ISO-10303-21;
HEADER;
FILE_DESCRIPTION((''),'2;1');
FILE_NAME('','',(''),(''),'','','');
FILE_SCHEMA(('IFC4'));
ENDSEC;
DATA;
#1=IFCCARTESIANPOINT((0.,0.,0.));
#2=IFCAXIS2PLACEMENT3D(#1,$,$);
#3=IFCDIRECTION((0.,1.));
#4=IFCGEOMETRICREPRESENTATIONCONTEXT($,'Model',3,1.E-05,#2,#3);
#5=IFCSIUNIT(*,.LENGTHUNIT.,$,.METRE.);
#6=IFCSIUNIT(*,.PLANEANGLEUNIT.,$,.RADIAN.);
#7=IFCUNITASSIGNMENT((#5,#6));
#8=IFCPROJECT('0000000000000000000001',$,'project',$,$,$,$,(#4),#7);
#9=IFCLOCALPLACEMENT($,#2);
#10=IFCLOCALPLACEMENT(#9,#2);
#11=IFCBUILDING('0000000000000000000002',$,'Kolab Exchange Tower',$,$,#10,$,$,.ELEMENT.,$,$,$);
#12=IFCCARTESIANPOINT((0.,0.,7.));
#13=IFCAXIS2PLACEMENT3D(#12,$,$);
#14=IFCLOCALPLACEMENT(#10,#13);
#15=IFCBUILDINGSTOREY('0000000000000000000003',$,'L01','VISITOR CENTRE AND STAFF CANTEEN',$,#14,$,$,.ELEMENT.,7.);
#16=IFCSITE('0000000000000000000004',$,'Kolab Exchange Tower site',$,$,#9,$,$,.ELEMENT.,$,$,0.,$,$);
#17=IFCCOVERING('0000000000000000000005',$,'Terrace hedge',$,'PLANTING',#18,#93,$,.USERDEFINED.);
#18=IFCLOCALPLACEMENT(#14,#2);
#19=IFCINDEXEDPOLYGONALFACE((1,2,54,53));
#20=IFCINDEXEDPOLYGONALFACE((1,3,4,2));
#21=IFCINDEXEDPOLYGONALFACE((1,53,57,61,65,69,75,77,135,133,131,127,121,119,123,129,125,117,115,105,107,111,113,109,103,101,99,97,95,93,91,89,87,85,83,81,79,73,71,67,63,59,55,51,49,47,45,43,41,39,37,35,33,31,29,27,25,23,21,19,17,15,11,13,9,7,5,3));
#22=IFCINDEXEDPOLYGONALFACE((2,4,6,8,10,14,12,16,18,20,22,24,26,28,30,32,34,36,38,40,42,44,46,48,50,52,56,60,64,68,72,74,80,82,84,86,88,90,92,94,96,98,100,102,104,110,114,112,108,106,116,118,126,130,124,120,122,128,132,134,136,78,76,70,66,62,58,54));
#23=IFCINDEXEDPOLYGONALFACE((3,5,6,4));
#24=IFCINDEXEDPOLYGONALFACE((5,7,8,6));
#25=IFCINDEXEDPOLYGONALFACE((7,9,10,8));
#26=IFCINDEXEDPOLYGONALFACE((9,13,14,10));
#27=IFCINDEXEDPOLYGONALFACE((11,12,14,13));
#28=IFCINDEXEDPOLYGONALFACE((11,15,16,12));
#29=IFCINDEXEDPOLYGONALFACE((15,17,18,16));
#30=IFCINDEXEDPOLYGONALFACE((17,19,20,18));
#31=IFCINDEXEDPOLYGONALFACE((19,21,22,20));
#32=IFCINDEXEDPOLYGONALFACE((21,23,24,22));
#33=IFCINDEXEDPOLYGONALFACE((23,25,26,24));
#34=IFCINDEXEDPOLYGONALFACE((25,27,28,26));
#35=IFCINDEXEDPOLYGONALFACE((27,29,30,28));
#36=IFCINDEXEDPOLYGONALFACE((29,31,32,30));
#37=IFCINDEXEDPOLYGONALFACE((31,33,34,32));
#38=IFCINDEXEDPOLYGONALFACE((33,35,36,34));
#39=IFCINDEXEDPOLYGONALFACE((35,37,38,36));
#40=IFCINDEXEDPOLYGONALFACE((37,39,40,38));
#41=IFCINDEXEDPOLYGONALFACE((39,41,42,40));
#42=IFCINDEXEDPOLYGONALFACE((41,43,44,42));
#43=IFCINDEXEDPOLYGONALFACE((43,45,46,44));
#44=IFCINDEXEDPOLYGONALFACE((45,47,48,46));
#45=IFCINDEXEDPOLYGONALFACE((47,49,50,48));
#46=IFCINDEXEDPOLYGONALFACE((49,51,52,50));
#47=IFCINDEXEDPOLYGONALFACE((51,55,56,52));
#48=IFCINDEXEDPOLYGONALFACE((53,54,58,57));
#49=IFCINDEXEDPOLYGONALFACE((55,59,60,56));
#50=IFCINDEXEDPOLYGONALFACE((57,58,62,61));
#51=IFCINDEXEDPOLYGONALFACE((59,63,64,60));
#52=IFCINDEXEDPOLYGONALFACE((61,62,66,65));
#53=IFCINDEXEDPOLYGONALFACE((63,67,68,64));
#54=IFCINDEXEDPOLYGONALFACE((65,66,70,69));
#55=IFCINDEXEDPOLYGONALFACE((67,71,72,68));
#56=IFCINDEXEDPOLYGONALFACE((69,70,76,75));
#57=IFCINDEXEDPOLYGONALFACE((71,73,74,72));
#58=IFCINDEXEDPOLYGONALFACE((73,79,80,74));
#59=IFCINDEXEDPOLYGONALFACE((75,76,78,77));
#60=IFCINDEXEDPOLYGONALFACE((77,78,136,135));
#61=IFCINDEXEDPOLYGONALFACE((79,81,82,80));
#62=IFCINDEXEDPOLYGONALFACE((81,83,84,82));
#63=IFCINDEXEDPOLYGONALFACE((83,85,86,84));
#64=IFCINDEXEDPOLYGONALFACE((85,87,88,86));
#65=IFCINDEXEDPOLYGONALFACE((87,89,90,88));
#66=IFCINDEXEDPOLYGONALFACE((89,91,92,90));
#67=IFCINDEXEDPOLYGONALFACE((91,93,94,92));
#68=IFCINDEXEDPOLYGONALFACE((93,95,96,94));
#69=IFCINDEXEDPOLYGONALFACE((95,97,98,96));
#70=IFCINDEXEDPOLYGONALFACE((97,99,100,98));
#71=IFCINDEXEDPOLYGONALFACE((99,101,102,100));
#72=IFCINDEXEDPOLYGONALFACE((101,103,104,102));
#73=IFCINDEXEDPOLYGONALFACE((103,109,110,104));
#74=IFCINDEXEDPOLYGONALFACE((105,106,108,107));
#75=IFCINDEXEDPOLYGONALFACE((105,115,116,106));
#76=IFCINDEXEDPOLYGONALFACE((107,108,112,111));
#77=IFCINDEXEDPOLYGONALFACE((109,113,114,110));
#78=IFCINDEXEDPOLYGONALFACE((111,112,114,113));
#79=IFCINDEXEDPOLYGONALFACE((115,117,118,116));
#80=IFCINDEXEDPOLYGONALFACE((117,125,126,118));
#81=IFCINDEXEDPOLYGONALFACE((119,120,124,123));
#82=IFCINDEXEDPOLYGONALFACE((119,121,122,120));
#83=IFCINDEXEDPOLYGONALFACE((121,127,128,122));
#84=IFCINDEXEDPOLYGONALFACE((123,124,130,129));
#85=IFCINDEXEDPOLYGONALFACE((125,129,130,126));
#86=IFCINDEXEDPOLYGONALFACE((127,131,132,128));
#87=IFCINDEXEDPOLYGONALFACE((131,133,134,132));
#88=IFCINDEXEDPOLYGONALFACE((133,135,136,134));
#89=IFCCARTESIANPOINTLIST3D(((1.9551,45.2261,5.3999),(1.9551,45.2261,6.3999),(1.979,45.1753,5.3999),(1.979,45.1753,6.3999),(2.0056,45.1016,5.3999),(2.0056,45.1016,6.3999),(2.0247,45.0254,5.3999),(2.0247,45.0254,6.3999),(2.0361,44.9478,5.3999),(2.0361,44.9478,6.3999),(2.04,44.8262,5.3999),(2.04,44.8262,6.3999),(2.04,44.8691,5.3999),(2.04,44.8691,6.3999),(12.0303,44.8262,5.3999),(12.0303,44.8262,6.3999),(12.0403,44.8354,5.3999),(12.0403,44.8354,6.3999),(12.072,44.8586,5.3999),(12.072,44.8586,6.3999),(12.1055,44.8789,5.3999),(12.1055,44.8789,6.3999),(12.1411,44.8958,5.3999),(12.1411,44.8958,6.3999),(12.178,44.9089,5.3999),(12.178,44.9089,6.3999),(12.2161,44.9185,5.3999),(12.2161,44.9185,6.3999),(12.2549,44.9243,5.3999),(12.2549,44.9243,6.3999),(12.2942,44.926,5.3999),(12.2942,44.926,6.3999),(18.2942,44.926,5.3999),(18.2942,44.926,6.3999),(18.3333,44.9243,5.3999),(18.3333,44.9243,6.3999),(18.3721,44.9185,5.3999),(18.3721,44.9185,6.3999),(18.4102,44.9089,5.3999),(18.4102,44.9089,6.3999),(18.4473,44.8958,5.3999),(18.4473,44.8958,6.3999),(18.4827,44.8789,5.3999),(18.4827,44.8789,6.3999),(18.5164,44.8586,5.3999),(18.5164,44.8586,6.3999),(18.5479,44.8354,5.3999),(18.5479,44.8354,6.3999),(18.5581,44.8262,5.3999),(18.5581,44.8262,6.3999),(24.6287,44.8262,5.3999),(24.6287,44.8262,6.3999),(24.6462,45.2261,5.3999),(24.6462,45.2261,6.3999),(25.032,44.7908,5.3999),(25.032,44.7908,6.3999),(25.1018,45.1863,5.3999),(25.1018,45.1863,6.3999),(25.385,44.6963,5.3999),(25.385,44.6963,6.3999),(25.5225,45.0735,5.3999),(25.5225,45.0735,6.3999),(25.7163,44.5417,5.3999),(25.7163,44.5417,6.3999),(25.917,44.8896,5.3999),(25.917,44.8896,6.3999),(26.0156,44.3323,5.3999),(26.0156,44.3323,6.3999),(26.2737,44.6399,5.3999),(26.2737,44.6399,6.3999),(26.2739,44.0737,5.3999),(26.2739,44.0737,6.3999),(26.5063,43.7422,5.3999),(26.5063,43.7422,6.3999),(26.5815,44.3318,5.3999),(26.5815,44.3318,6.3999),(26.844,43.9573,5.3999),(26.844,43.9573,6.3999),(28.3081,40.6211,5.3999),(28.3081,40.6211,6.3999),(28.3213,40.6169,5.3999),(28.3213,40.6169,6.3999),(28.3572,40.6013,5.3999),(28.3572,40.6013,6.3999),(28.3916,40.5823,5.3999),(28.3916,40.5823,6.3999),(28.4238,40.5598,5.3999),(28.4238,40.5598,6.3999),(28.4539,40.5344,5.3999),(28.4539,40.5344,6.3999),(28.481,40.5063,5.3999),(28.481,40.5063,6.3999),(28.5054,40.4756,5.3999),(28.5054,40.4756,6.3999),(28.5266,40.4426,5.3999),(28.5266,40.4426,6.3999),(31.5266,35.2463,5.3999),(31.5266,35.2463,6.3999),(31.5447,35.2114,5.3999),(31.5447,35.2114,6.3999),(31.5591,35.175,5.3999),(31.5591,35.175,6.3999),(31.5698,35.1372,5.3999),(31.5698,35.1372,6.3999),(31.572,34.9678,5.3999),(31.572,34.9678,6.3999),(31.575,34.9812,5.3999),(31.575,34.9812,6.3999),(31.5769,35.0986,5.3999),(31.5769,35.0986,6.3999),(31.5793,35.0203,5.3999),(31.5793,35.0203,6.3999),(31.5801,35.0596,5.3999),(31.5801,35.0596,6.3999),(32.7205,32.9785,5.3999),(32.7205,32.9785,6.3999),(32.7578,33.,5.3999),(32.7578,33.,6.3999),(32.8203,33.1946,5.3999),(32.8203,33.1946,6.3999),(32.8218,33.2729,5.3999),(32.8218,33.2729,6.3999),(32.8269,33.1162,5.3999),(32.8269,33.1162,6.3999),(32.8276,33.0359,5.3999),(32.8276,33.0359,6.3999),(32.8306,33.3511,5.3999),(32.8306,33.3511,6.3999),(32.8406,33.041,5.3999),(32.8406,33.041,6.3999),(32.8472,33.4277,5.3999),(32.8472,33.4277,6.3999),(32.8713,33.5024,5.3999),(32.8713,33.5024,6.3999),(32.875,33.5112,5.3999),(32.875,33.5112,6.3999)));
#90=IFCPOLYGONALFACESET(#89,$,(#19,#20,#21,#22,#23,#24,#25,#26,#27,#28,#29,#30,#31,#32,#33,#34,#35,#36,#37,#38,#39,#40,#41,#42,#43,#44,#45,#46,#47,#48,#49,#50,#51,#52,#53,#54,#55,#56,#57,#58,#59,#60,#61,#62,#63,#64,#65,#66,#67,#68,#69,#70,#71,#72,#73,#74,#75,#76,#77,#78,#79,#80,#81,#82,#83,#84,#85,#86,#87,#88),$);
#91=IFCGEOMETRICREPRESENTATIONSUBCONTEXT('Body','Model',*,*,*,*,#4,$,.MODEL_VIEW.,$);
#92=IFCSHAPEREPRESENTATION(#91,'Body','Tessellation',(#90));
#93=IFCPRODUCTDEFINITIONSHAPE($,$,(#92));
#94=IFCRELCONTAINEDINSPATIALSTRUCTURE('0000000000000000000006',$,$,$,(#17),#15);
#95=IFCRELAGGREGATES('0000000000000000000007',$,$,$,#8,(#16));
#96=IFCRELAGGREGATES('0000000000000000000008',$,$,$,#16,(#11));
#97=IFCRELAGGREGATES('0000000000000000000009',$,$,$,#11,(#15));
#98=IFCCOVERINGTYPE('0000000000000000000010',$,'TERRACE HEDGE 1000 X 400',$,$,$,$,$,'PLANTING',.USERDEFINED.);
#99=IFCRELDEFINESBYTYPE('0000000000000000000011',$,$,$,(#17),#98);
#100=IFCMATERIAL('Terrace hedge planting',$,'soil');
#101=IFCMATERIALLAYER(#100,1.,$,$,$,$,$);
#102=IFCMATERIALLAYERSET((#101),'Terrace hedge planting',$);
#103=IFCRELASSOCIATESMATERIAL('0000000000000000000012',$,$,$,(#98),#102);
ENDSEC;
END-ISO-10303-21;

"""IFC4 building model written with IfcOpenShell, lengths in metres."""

from ifc_helpers import new_model, si_unit, direction, frame, origin, place, context, subcontext, project, spatial, polyline, outline, extrude, material, layer, layer_set, type_object, element, save


model = new_model("IFC4")

# Units and contexts
model_context = context("Model", 3, precision=1e-05, world=origin(), true_north=direction((0.0, 1.0)))
body_context = subcontext(model_context, "Body", "Model", "MODEL_VIEW")
ifc_project = project(units=[si_unit("LENGTHUNIT", "METRE"), si_unit("PLANEANGLEUNIT", "RADIAN")], contexts=[model_context])

# Site, building, storey
site_placement = place(None, origin())
site = spatial("IfcSite", under=ifc_project, at=site_placement, Name="Kolab Exchange Tower site", CompositionType="ELEMENT", RefElevation=0.0)
building_placement = place(site_placement, origin())
building = spatial("IfcBuilding", under=site, at=building_placement, Name="Kolab Exchange Tower", CompositionType="ELEMENT")
storey_placement = place(building_placement, frame((0.0, 0.0, 7.0)))
storey = spatial("IfcBuildingStorey", under=building, at=storey_placement, Name="L01", Description="VISITOR CENTRE AND STAFF CANTEEN", CompositionType="ELEMENT", Elevation=7.0)

# Covering
ifc_material_1 = material(Name="Terrace hedge planting", Category="soil")
ifc_layer_1 = layer(ifc_material_1, 1.0)
ifc_layer_set_1 = layer_set([ifc_layer_1], Name="Terrace hedge planting")
covering_type_1 = type_object("IfcCoveringType", Name="TERRACE HEDGE 1000 X 400", ElementType="PLANTING", PredefinedType="USERDEFINED", material=ifc_layer_set_1)
covering_1_placement = place(storey_placement, frame((0.0, 0.0, 5.3999)))
element("IfcCovering", 1, at=covering_1_placement, inside=storey, type_object=covering_type_1, Name="Terrace hedge", ObjectType="PLANTING", PredefinedType="USERDEFINED", context=body_context, shape_type="SweptSolid", body=[
    extrude(outline(polyline([(24.6462, 45.2261), (25.1018, 45.1863), (25.5225, 45.0735), (25.917, 44.8896), (26.2737, 44.6399), (26.5815, 44.3318), (26.844, 43.9573), (32.875, 33.5112), (32.8713, 33.5024), (32.8472, 33.4277), (32.8306, 33.3511), (32.8218, 33.2729), (32.8203, 33.1946), (32.8269, 33.1162), (32.8406, 33.041), (32.8276, 33.0359), (32.7578, 33.0), (32.7205, 32.9785), (31.572, 34.9678), (31.575, 34.9812), (31.5793, 35.0203), (31.5801, 35.0596), (31.5769, 35.0986), (31.5698, 35.1372), (31.5591, 35.175), (31.5447, 35.2114), (31.5266, 35.2463), (28.5266, 40.4426), (28.5054, 40.4756), (28.481, 40.5063), (28.4539, 40.5344), (28.4238, 40.5598), (28.3916, 40.5823), (28.3572, 40.6013), (28.3213, 40.6169), (28.3081, 40.6211), (26.5063, 43.7422), (26.2739, 44.0737), (26.0156, 44.3323), (25.7163, 44.5417), (25.385, 44.6963), (25.032, 44.7908), (24.6287, 44.8262), (18.5581, 44.8262), (18.5479, 44.8354), (18.5164, 44.8586), (18.4827, 44.8789), (18.4473, 44.8958), (18.4102, 44.9089), (18.3721, 44.9185), (18.3333, 44.9243), (18.2942, 44.926), (12.2942, 44.926), (12.2549, 44.9243), (12.2161, 44.9185), (12.178, 44.9089), (12.1411, 44.8958), (12.1055, 44.8789), (12.072, 44.8586), (12.0403, 44.8354), (12.0303, 44.8262), (2.04, 44.8262), (2.04, 44.8691), (2.0361, 44.9478), (2.0247, 45.0254), (2.0056, 45.1016), (1.979, 45.1753), (1.9551, 45.2261), (24.6462, 45.2261)])), origin(), (0.0, 0.0, 1.0), 1.0),
])

save(model, "model.ifc")
